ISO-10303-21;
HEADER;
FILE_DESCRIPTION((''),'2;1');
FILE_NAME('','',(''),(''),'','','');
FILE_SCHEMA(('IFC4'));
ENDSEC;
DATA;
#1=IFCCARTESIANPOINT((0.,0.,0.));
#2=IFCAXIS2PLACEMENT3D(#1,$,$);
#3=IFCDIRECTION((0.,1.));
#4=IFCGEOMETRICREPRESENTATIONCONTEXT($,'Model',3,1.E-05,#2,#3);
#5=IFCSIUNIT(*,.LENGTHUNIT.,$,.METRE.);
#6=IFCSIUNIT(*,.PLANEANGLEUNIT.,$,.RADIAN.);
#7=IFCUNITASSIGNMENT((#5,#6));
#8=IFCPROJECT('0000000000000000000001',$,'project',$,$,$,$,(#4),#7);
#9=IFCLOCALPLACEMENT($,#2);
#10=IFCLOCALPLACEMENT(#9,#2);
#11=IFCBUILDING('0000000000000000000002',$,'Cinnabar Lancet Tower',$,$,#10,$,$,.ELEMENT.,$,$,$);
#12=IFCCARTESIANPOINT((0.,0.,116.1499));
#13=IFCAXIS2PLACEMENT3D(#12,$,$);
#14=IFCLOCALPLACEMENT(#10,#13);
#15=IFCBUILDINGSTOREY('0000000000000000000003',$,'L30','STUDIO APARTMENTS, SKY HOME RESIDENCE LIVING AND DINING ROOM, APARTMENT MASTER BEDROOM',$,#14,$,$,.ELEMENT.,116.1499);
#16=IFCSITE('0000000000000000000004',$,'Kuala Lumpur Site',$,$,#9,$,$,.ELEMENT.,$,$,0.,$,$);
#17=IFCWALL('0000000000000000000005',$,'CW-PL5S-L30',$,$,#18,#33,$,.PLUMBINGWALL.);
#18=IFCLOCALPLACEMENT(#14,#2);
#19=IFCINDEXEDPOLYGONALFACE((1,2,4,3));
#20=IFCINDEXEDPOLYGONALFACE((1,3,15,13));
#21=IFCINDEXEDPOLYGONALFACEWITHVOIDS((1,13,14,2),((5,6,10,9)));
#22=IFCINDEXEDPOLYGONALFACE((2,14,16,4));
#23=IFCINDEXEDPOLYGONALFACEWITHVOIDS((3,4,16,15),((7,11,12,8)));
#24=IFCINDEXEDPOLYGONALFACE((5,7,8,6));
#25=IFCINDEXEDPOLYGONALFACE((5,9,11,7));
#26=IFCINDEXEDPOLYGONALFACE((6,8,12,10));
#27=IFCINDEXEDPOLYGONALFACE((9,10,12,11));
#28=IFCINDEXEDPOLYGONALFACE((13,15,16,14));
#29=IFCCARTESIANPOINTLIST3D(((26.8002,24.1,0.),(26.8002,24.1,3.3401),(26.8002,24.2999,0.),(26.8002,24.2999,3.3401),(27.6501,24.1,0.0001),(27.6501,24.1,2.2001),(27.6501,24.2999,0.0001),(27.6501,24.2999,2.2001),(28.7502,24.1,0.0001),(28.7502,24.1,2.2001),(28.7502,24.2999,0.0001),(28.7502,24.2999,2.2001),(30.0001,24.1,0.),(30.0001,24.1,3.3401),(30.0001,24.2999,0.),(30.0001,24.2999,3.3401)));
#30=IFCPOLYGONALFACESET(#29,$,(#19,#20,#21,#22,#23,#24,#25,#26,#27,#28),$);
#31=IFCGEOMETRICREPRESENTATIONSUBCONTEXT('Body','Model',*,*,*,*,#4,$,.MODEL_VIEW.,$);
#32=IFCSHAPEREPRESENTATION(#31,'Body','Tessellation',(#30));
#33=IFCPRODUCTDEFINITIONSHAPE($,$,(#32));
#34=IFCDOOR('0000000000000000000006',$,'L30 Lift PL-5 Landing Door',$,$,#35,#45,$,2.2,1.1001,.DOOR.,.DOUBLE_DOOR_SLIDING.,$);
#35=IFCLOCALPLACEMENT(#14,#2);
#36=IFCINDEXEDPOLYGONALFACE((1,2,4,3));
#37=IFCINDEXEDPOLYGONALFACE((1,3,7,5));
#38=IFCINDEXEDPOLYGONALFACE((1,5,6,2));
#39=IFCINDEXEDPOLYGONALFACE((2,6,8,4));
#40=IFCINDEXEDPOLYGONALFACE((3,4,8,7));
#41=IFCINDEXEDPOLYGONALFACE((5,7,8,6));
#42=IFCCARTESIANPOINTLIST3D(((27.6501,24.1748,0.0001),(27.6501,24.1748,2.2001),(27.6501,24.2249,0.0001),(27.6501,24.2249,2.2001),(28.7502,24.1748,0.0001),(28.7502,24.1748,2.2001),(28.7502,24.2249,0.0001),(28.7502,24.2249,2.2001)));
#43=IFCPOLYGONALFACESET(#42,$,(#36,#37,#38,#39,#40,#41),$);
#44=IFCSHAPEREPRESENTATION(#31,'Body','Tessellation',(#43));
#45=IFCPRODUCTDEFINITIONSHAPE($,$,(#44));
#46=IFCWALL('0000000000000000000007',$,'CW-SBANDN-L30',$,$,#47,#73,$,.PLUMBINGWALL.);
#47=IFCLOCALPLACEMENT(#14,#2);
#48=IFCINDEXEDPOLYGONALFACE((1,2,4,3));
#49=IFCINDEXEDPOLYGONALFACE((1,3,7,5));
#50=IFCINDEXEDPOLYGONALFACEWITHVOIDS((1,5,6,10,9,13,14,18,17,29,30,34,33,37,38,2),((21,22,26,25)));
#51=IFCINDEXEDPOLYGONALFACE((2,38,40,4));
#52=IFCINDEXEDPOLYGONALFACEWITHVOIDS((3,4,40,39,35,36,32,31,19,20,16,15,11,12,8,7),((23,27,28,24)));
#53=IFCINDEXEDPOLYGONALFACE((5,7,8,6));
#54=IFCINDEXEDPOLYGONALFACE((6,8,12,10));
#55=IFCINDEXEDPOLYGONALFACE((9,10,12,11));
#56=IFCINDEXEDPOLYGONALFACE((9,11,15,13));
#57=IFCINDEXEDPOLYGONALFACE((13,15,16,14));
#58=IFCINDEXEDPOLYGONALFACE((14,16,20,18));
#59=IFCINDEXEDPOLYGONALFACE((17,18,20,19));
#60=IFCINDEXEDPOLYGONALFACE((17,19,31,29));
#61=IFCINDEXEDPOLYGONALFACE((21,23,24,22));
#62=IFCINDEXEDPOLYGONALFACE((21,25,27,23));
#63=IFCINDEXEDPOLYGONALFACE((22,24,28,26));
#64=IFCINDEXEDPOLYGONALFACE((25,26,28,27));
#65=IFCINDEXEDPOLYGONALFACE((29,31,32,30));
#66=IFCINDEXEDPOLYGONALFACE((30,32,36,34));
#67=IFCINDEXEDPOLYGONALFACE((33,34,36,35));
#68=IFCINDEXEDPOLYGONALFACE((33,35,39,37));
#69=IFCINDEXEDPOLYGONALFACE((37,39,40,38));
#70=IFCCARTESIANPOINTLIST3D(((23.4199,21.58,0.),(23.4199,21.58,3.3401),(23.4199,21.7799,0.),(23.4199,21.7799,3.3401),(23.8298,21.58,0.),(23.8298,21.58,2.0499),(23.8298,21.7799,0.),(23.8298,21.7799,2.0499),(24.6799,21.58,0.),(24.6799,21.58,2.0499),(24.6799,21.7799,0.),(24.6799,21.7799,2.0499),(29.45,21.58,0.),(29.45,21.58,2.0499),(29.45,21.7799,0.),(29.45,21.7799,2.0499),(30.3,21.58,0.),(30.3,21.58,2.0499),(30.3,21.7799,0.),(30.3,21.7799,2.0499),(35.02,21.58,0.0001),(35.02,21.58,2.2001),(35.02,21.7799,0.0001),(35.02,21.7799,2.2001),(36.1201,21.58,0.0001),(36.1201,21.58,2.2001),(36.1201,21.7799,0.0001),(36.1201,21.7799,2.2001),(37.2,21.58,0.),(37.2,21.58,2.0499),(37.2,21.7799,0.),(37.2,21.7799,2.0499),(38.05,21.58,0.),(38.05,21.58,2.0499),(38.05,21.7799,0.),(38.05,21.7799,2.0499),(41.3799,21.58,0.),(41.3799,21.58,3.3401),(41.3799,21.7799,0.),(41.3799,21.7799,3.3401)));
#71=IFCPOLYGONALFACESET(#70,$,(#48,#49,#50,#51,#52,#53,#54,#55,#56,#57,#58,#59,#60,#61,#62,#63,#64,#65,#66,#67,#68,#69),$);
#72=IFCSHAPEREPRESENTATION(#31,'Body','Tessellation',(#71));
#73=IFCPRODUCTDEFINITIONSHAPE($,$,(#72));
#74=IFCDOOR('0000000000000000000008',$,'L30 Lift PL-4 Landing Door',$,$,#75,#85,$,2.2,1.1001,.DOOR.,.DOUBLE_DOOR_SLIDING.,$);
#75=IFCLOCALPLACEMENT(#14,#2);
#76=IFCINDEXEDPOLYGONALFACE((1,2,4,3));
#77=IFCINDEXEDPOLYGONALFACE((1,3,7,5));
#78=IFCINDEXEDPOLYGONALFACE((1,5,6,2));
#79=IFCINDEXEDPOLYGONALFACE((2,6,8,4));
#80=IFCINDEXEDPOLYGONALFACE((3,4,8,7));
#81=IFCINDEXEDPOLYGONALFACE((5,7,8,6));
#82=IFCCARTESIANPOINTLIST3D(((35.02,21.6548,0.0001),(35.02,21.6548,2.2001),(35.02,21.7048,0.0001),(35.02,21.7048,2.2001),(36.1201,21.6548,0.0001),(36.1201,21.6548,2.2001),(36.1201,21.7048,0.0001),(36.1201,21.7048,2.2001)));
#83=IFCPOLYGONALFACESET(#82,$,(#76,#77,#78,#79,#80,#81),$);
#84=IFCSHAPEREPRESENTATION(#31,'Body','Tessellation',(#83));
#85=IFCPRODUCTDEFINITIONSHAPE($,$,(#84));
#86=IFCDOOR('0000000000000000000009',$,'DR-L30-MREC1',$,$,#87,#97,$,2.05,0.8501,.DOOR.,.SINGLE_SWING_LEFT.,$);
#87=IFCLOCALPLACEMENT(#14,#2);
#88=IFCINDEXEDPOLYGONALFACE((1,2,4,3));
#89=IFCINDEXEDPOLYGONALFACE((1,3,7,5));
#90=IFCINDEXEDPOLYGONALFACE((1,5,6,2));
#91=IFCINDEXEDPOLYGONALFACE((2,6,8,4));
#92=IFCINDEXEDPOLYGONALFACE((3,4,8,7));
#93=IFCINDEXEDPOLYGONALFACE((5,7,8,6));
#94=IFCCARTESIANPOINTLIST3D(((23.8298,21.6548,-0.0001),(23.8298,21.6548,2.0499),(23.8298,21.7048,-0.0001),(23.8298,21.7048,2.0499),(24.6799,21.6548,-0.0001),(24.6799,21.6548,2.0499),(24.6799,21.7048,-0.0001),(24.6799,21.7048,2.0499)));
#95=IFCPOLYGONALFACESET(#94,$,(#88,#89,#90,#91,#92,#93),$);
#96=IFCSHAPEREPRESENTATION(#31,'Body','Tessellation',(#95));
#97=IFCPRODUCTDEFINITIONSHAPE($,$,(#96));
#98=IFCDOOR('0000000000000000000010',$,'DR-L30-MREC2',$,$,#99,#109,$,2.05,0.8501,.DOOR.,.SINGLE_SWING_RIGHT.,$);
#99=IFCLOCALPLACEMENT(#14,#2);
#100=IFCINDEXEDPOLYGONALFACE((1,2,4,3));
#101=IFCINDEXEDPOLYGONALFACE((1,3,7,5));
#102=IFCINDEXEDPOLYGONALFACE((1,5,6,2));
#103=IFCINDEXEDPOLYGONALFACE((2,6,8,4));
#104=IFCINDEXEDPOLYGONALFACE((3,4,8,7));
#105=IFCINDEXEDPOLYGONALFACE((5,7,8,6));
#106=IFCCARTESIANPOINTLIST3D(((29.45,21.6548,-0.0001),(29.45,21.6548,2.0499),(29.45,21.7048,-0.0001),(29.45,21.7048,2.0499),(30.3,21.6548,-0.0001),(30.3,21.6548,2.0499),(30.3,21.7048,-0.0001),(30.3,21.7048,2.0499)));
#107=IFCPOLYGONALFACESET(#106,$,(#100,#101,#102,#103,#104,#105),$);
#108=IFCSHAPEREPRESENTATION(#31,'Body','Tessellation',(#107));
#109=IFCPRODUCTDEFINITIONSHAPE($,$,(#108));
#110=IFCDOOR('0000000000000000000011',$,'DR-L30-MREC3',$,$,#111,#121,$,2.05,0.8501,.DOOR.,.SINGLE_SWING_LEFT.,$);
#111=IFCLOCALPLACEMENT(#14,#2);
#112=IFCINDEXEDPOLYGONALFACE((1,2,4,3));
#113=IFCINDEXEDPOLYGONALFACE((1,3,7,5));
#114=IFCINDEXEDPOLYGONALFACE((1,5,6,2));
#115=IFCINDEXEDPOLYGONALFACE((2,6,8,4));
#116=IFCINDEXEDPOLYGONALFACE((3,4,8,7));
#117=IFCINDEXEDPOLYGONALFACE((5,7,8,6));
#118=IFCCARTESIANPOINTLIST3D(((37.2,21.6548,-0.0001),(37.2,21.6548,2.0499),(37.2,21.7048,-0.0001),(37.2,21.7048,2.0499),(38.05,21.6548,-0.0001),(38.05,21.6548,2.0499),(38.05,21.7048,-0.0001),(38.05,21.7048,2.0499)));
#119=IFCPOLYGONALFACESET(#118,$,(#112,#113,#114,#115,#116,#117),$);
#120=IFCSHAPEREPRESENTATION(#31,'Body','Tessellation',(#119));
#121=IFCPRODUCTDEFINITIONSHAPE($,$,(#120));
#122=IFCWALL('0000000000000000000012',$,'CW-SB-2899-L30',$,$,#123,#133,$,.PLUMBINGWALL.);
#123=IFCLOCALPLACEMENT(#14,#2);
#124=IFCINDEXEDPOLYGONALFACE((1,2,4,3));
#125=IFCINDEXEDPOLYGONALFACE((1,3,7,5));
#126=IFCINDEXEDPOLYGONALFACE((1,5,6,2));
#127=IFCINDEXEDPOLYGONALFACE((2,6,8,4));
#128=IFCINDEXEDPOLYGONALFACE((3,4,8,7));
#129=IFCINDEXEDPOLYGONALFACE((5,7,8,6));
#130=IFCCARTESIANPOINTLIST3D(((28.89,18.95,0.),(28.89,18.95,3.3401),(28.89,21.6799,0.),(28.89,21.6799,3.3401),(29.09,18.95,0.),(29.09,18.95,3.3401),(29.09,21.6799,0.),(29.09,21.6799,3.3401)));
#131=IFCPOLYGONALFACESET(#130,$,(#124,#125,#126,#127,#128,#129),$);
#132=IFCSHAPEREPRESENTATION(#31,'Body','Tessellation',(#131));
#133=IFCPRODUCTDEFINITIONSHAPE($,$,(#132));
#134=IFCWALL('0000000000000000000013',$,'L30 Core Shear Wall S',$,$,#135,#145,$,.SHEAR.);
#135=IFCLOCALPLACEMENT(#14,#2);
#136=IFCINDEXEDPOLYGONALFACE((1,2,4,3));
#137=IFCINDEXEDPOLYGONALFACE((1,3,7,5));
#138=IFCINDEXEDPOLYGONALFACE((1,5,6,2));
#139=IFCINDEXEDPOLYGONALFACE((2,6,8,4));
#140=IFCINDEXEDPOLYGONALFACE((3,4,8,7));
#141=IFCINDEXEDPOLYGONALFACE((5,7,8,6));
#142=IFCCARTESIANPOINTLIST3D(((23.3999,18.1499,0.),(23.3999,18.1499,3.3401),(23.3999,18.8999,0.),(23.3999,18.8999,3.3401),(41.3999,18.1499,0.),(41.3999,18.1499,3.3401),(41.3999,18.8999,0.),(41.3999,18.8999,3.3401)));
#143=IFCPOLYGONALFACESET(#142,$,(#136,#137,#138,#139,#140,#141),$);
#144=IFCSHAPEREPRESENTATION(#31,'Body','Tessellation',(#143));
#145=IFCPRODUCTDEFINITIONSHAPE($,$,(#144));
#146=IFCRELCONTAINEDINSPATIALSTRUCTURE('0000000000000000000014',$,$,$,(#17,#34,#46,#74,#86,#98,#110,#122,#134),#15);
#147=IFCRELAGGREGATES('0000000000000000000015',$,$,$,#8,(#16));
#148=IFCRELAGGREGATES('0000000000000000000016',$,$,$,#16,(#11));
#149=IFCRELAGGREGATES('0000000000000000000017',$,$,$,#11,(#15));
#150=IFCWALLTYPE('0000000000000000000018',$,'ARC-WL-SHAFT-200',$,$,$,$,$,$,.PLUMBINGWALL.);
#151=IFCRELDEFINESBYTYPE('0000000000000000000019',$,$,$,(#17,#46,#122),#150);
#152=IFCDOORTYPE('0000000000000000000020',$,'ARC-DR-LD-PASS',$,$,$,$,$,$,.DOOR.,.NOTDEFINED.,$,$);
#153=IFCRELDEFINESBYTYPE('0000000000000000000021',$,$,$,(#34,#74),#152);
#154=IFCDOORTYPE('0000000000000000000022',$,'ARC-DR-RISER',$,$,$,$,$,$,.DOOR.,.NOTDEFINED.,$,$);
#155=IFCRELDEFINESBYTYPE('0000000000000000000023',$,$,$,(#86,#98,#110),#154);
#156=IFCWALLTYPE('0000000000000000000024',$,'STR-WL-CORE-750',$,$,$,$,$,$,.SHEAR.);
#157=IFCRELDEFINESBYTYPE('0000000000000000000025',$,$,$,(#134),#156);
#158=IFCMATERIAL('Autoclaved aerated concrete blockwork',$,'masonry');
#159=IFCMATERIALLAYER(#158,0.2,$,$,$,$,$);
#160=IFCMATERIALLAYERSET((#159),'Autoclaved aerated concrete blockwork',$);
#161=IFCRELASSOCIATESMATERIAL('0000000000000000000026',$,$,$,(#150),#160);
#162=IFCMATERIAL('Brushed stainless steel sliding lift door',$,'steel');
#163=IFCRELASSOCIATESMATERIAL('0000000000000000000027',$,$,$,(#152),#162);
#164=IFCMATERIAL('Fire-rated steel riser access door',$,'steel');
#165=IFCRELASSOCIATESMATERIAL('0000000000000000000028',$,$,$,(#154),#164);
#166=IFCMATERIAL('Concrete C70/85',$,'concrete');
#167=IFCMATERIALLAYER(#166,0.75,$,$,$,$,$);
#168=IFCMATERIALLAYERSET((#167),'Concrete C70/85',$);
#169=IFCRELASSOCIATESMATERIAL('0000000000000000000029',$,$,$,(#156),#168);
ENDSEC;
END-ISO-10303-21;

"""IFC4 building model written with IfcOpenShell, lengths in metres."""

from ifc_helpers import new_model, si_unit, direction, frame, frame_2d, origin, place, context, subcontext, project, spatial, rectangle, extrude, material, layer, layer_set, type_object, element, fill, save


model = new_model("IFC4")

# Units and contexts
model_context = context("Model", 3, precision=1e-05, world=origin(), true_north=direction((0.0, 1.0)))
body_context = subcontext(model_context, "Body", "Model", "MODEL_VIEW")
ifc_project = project(units=[si_unit("LENGTHUNIT", "METRE"), si_unit("PLANEANGLEUNIT", "RADIAN")], contexts=[model_context])

# Site, building, storey
site_placement = place(None, origin())
site = spatial("IfcSite", under=ifc_project, at=site_placement, Name="Kuala Lumpur Site", CompositionType="ELEMENT", RefElevation=0.0)
building_placement = place(site_placement, origin())
building = spatial("IfcBuilding", under=site, at=building_placement, Name="Cinnabar Lancet Tower", CompositionType="ELEMENT")
storey_placement = place(building_placement, frame((0.0, 0.0, 116.1499)))
storey = spatial("IfcBuildingStorey", under=building, at=storey_placement, Name="L30", Description="STUDIO APARTMENTS, SKY HOME RESIDENCE LIVING AND DINING ROOM, APARTMENT MASTER BEDROOM", CompositionType="ELEMENT", Elevation=116.1499)

# Shared definitions
ifc_material_1 = material(Name="Autoclaved aerated concrete blockwork", Category="masonry")
ifc_layer_1 = layer(ifc_material_1, 0.2)
ifc_layer_set_1 = layer_set([ifc_layer_1], Name="Autoclaved aerated concrete blockwork")
wall_type_1 = type_object("IfcWallType", Name="ARC-WL-SHAFT-200", PredefinedType="PLUMBINGWALL", material=ifc_layer_set_1)

# Wall, opening, door
wall_1_placement = place(storey_placement, frame((26.8, 24.2, 0.0), z_axis=(0.0, 0.0, 1.0), x_axis=(1.0, 0.0, 0.0)))
wall_1 = element("IfcWall", 1, at=wall_1_placement, inside=storey, type_object=wall_type_1, Name="CW-PL5S-L30", PredefinedType="PLUMBINGWALL", context=body_context, shape_type="SweptSolid", body=[
    extrude(rectangle(XDim=3.2, YDim=0.2, at=frame_2d((1.6001, 0.0))), origin(), (0.0, 0.0, 1.0), 3.3401),
])
opening_1_placement = place(wall_1_placement, frame((0.8501, 0.0, 0.0)))
opening_1 = element("IfcOpeningElement", 2, at=opening_1_placement, cuts=wall_1, PredefinedType="OPENING", context=body_context, shape_type="SweptSolid", body=[
    extrude(rectangle(XDim=1.1001, YDim=2.2, at=frame_2d((0.55, 1.1001))), frame((0.0, 0.1099, 0.0), z_axis=(0.0, -1.0, 0.0), x_axis=(1.0, 0.0, 0.0)), (0.0, 0.0, 1.0), 0.22),
])
ifc_material_2 = material(Name="Brushed stainless steel sliding lift door", Category="steel")
door_type_1 = type_object("IfcDoorType", Name="ARC-DR-LD-PASS", OperationType="NOTDEFINED", PredefinedType="DOOR", material=ifc_material_2)
door_1_placement = place(opening_1_placement, origin())
door_1 = element("IfcDoor", 3, at=door_1_placement, inside=storey, type_object=door_type_1, Name="L30 Lift PL-5 Landing Door", OperationType="DOUBLE_DOOR_SLIDING", OverallHeight=2.2, OverallWidth=1.1001, PredefinedType="DOOR", context=body_context, shape_type="SweptSolid", body=[
    extrude(rectangle(XDim=1.1001, YDim=2.2, at=frame_2d((0.55, 1.1001))), frame((0.0, 0.0249, 0.0), z_axis=(0.0, -1.0, 0.0), x_axis=(1.0, 0.0, 0.0)), (0.0, 0.0, 1.0), 0.05),
])
fill(opening_1, door_1)

# Wall, openings, doors
wall_2_placement = place(storey_placement, frame((23.4199, 21.6799, 0.0), z_axis=(0.0, 0.0, 1.0), x_axis=(1.0, 0.0, 0.0)))
wall_2 = element("IfcWall", 4, at=wall_2_placement, inside=storey, type_object=wall_type_1, Name="CW-SBANDN-L30", PredefinedType="PLUMBINGWALL", context=body_context, shape_type="SweptSolid", body=[
    extrude(rectangle(XDim=17.96, YDim=0.2, at=frame_2d((8.98, 0.0))), origin(), (0.0, 0.0, 1.0), 3.3401),
])
opening_2_placement = place(wall_2_placement, frame((11.6001, 0.0, 0.0)))
opening_2 = element("IfcOpeningElement", 5, at=opening_2_placement, cuts=wall_2, PredefinedType="OPENING", context=body_context, shape_type="SweptSolid", body=[
    extrude(rectangle(XDim=1.1001, YDim=2.2, at=frame_2d((0.55, 1.1001))), frame((0.0, 0.1099, 0.0), z_axis=(0.0, -1.0, 0.0), x_axis=(1.0, 0.0, 0.0)), (0.0, 0.0, 1.0), 0.22),
])
opening_3_placement = place(wall_2_placement, frame((0.4099, 0.0, 0.0)))
opening_3 = element("IfcOpeningElement", 6, at=opening_3_placement, cuts=wall_2, PredefinedType="OPENING", context=body_context, shape_type="SweptSolid", body=[
    extrude(rectangle(XDim=0.8501, YDim=2.05, at=frame_2d((0.425, 1.0249))), frame((0.0, 0.1099, 0.0), z_axis=(0.0, -1.0, 0.0), x_axis=(1.0, 0.0, 0.0)), (0.0, 0.0, 1.0), 0.22),
])
opening_4_placement = place(wall_2_placement, frame((6.03, 0.0, 0.0)))
opening_4 = element("IfcOpeningElement", 7, at=opening_4_placement, cuts=wall_2, PredefinedType="OPENING", context=body_context, shape_type="SweptSolid", body=[
    extrude(rectangle(XDim=0.8501, YDim=2.05, at=frame_2d((0.425, 1.0249))), frame((0.0, 0.1099, 0.0), z_axis=(0.0, -1.0, 0.0), x_axis=(1.0, 0.0, 0.0)), (0.0, 0.0, 1.0), 0.22),
])
opening_5_placement = place(wall_2_placement, frame((13.78, 0.0, 0.0)))
opening_5 = element("IfcOpeningElement", 8, at=opening_5_placement, cuts=wall_2, PredefinedType="OPENING", context=body_context, shape_type="SweptSolid", body=[
    extrude(rectangle(XDim=0.8501, YDim=2.05, at=frame_2d((0.425, 1.0249))), frame((0.0, 0.1099, 0.0), z_axis=(0.0, -1.0, 0.0), x_axis=(1.0, 0.0, 0.0)), (0.0, 0.0, 1.0), 0.22),
])
door_2_placement = place(opening_2_placement, origin())
door_2 = element("IfcDoor", 9, at=door_2_placement, inside=storey, type_object=door_type_1, Name="L30 Lift PL-4 Landing Door", OperationType="DOUBLE_DOOR_SLIDING", OverallHeight=2.2, OverallWidth=1.1001, PredefinedType="DOOR", context=body_context, shape_type="SweptSolid", body=[
    extrude(rectangle(XDim=1.1001, YDim=2.2, at=frame_2d((0.55, 1.1001))), frame((0.0, 0.0249, 0.0), z_axis=(0.0, -1.0, 0.0), x_axis=(1.0, 0.0, 0.0)), (0.0, 0.0, 1.0), 0.05),
])
fill(opening_2, door_2)
ifc_material_3 = material(Name="Fire-rated steel riser access door", Category="steel")
door_type_2 = type_object("IfcDoorType", Name="ARC-DR-RISER", OperationType="NOTDEFINED", PredefinedType="DOOR", material=ifc_material_3)
door_3_placement = place(opening_3_placement, origin())
door_3 = element("IfcDoor", 10, at=door_3_placement, inside=storey, type_object=door_type_2, Name="DR-L30-MREC1", OperationType="SINGLE_SWING_LEFT", OverallHeight=2.05, OverallWidth=0.8501, PredefinedType="DOOR", context=body_context, shape_type="SweptSolid", body=[
    extrude(rectangle(XDim=0.8501, YDim=2.05, at=frame_2d((0.425, 1.0249))), frame((0.0, 0.0249, 0.0), z_axis=(0.0, -1.0, 0.0), x_axis=(1.0, 0.0, 0.0)), (0.0, 0.0, 1.0), 0.05),
])
fill(opening_3, door_3)
door_4_placement = place(opening_4_placement, origin())
door_4 = element("IfcDoor", 11, at=door_4_placement, inside=storey, type_object=door_type_2, Name="DR-L30-MREC2", OperationType="SINGLE_SWING_RIGHT", OverallHeight=2.05, OverallWidth=0.8501, PredefinedType="DOOR", context=body_context, shape_type="SweptSolid", body=[
    extrude(rectangle(XDim=0.8501, YDim=2.05, at=frame_2d((0.425, 1.0249))), frame((0.0, 0.0249, 0.0), z_axis=(0.0, -1.0, 0.0), x_axis=(1.0, 0.0, 0.0)), (0.0, 0.0, 1.0), 0.05),
])
fill(opening_4, door_4)
door_5_placement = place(opening_5_placement, origin())
door_5 = element("IfcDoor", 12, at=door_5_placement, inside=storey, type_object=door_type_2, Name="DR-L30-MREC3", OperationType="SINGLE_SWING_LEFT", OverallHeight=2.05, OverallWidth=0.8501, PredefinedType="DOOR", context=body_context, shape_type="SweptSolid", body=[
    extrude(rectangle(XDim=0.8501, YDim=2.05, at=frame_2d((0.425, 1.0249))), frame((0.0, 0.0249, 0.0), z_axis=(0.0, -1.0, 0.0), x_axis=(1.0, 0.0, 0.0)), (0.0, 0.0, 1.0), 0.05),
])
fill(opening_5, door_5)

# Walls
wall_3_placement = place(storey_placement, frame((28.99, 18.95, 0.0), z_axis=(0.0, 0.0, 1.0), x_axis=(0.0, 1.0, 0.0)))
element("IfcWall", 13, at=wall_3_placement, inside=storey, type_object=wall_type_1, Name="CW-SB-2899-L30", PredefinedType="PLUMBINGWALL", context=body_context, shape_type="SweptSolid", body=[
    extrude(rectangle(XDim=2.73, YDim=0.2, at=frame_2d((1.365, 0.0))), origin(), (0.0, 0.0, 1.0), 3.3401),
])
ifc_material_4 = material(Name="Concrete C70/85", Category="concrete")
ifc_layer_2 = layer(ifc_material_4, 0.75)
ifc_layer_set_2 = layer_set([ifc_layer_2], Name="Concrete C70/85")
wall_type_2 = type_object("IfcWallType", Name="STR-WL-CORE-750", PredefinedType="SHEAR", material=ifc_layer_set_2)
wall_4_placement = place(storey_placement, frame((23.3999, 18.5249, 0.0), z_axis=(0.0, 0.0, 1.0), x_axis=(1.0, 0.0, 0.0)))
element("IfcWall", 14, at=wall_4_placement, inside=storey, type_object=wall_type_2, Name="L30 Core Shear Wall S", PredefinedType="SHEAR", context=body_context, shape_type="SweptSolid", body=[
    extrude(rectangle(XDim=18.0, YDim=0.75, at=frame_2d((9.0, 0.0))), origin(), (0.0, 0.0, 1.0), 3.3401),
])

save(model, "model.ifc")
